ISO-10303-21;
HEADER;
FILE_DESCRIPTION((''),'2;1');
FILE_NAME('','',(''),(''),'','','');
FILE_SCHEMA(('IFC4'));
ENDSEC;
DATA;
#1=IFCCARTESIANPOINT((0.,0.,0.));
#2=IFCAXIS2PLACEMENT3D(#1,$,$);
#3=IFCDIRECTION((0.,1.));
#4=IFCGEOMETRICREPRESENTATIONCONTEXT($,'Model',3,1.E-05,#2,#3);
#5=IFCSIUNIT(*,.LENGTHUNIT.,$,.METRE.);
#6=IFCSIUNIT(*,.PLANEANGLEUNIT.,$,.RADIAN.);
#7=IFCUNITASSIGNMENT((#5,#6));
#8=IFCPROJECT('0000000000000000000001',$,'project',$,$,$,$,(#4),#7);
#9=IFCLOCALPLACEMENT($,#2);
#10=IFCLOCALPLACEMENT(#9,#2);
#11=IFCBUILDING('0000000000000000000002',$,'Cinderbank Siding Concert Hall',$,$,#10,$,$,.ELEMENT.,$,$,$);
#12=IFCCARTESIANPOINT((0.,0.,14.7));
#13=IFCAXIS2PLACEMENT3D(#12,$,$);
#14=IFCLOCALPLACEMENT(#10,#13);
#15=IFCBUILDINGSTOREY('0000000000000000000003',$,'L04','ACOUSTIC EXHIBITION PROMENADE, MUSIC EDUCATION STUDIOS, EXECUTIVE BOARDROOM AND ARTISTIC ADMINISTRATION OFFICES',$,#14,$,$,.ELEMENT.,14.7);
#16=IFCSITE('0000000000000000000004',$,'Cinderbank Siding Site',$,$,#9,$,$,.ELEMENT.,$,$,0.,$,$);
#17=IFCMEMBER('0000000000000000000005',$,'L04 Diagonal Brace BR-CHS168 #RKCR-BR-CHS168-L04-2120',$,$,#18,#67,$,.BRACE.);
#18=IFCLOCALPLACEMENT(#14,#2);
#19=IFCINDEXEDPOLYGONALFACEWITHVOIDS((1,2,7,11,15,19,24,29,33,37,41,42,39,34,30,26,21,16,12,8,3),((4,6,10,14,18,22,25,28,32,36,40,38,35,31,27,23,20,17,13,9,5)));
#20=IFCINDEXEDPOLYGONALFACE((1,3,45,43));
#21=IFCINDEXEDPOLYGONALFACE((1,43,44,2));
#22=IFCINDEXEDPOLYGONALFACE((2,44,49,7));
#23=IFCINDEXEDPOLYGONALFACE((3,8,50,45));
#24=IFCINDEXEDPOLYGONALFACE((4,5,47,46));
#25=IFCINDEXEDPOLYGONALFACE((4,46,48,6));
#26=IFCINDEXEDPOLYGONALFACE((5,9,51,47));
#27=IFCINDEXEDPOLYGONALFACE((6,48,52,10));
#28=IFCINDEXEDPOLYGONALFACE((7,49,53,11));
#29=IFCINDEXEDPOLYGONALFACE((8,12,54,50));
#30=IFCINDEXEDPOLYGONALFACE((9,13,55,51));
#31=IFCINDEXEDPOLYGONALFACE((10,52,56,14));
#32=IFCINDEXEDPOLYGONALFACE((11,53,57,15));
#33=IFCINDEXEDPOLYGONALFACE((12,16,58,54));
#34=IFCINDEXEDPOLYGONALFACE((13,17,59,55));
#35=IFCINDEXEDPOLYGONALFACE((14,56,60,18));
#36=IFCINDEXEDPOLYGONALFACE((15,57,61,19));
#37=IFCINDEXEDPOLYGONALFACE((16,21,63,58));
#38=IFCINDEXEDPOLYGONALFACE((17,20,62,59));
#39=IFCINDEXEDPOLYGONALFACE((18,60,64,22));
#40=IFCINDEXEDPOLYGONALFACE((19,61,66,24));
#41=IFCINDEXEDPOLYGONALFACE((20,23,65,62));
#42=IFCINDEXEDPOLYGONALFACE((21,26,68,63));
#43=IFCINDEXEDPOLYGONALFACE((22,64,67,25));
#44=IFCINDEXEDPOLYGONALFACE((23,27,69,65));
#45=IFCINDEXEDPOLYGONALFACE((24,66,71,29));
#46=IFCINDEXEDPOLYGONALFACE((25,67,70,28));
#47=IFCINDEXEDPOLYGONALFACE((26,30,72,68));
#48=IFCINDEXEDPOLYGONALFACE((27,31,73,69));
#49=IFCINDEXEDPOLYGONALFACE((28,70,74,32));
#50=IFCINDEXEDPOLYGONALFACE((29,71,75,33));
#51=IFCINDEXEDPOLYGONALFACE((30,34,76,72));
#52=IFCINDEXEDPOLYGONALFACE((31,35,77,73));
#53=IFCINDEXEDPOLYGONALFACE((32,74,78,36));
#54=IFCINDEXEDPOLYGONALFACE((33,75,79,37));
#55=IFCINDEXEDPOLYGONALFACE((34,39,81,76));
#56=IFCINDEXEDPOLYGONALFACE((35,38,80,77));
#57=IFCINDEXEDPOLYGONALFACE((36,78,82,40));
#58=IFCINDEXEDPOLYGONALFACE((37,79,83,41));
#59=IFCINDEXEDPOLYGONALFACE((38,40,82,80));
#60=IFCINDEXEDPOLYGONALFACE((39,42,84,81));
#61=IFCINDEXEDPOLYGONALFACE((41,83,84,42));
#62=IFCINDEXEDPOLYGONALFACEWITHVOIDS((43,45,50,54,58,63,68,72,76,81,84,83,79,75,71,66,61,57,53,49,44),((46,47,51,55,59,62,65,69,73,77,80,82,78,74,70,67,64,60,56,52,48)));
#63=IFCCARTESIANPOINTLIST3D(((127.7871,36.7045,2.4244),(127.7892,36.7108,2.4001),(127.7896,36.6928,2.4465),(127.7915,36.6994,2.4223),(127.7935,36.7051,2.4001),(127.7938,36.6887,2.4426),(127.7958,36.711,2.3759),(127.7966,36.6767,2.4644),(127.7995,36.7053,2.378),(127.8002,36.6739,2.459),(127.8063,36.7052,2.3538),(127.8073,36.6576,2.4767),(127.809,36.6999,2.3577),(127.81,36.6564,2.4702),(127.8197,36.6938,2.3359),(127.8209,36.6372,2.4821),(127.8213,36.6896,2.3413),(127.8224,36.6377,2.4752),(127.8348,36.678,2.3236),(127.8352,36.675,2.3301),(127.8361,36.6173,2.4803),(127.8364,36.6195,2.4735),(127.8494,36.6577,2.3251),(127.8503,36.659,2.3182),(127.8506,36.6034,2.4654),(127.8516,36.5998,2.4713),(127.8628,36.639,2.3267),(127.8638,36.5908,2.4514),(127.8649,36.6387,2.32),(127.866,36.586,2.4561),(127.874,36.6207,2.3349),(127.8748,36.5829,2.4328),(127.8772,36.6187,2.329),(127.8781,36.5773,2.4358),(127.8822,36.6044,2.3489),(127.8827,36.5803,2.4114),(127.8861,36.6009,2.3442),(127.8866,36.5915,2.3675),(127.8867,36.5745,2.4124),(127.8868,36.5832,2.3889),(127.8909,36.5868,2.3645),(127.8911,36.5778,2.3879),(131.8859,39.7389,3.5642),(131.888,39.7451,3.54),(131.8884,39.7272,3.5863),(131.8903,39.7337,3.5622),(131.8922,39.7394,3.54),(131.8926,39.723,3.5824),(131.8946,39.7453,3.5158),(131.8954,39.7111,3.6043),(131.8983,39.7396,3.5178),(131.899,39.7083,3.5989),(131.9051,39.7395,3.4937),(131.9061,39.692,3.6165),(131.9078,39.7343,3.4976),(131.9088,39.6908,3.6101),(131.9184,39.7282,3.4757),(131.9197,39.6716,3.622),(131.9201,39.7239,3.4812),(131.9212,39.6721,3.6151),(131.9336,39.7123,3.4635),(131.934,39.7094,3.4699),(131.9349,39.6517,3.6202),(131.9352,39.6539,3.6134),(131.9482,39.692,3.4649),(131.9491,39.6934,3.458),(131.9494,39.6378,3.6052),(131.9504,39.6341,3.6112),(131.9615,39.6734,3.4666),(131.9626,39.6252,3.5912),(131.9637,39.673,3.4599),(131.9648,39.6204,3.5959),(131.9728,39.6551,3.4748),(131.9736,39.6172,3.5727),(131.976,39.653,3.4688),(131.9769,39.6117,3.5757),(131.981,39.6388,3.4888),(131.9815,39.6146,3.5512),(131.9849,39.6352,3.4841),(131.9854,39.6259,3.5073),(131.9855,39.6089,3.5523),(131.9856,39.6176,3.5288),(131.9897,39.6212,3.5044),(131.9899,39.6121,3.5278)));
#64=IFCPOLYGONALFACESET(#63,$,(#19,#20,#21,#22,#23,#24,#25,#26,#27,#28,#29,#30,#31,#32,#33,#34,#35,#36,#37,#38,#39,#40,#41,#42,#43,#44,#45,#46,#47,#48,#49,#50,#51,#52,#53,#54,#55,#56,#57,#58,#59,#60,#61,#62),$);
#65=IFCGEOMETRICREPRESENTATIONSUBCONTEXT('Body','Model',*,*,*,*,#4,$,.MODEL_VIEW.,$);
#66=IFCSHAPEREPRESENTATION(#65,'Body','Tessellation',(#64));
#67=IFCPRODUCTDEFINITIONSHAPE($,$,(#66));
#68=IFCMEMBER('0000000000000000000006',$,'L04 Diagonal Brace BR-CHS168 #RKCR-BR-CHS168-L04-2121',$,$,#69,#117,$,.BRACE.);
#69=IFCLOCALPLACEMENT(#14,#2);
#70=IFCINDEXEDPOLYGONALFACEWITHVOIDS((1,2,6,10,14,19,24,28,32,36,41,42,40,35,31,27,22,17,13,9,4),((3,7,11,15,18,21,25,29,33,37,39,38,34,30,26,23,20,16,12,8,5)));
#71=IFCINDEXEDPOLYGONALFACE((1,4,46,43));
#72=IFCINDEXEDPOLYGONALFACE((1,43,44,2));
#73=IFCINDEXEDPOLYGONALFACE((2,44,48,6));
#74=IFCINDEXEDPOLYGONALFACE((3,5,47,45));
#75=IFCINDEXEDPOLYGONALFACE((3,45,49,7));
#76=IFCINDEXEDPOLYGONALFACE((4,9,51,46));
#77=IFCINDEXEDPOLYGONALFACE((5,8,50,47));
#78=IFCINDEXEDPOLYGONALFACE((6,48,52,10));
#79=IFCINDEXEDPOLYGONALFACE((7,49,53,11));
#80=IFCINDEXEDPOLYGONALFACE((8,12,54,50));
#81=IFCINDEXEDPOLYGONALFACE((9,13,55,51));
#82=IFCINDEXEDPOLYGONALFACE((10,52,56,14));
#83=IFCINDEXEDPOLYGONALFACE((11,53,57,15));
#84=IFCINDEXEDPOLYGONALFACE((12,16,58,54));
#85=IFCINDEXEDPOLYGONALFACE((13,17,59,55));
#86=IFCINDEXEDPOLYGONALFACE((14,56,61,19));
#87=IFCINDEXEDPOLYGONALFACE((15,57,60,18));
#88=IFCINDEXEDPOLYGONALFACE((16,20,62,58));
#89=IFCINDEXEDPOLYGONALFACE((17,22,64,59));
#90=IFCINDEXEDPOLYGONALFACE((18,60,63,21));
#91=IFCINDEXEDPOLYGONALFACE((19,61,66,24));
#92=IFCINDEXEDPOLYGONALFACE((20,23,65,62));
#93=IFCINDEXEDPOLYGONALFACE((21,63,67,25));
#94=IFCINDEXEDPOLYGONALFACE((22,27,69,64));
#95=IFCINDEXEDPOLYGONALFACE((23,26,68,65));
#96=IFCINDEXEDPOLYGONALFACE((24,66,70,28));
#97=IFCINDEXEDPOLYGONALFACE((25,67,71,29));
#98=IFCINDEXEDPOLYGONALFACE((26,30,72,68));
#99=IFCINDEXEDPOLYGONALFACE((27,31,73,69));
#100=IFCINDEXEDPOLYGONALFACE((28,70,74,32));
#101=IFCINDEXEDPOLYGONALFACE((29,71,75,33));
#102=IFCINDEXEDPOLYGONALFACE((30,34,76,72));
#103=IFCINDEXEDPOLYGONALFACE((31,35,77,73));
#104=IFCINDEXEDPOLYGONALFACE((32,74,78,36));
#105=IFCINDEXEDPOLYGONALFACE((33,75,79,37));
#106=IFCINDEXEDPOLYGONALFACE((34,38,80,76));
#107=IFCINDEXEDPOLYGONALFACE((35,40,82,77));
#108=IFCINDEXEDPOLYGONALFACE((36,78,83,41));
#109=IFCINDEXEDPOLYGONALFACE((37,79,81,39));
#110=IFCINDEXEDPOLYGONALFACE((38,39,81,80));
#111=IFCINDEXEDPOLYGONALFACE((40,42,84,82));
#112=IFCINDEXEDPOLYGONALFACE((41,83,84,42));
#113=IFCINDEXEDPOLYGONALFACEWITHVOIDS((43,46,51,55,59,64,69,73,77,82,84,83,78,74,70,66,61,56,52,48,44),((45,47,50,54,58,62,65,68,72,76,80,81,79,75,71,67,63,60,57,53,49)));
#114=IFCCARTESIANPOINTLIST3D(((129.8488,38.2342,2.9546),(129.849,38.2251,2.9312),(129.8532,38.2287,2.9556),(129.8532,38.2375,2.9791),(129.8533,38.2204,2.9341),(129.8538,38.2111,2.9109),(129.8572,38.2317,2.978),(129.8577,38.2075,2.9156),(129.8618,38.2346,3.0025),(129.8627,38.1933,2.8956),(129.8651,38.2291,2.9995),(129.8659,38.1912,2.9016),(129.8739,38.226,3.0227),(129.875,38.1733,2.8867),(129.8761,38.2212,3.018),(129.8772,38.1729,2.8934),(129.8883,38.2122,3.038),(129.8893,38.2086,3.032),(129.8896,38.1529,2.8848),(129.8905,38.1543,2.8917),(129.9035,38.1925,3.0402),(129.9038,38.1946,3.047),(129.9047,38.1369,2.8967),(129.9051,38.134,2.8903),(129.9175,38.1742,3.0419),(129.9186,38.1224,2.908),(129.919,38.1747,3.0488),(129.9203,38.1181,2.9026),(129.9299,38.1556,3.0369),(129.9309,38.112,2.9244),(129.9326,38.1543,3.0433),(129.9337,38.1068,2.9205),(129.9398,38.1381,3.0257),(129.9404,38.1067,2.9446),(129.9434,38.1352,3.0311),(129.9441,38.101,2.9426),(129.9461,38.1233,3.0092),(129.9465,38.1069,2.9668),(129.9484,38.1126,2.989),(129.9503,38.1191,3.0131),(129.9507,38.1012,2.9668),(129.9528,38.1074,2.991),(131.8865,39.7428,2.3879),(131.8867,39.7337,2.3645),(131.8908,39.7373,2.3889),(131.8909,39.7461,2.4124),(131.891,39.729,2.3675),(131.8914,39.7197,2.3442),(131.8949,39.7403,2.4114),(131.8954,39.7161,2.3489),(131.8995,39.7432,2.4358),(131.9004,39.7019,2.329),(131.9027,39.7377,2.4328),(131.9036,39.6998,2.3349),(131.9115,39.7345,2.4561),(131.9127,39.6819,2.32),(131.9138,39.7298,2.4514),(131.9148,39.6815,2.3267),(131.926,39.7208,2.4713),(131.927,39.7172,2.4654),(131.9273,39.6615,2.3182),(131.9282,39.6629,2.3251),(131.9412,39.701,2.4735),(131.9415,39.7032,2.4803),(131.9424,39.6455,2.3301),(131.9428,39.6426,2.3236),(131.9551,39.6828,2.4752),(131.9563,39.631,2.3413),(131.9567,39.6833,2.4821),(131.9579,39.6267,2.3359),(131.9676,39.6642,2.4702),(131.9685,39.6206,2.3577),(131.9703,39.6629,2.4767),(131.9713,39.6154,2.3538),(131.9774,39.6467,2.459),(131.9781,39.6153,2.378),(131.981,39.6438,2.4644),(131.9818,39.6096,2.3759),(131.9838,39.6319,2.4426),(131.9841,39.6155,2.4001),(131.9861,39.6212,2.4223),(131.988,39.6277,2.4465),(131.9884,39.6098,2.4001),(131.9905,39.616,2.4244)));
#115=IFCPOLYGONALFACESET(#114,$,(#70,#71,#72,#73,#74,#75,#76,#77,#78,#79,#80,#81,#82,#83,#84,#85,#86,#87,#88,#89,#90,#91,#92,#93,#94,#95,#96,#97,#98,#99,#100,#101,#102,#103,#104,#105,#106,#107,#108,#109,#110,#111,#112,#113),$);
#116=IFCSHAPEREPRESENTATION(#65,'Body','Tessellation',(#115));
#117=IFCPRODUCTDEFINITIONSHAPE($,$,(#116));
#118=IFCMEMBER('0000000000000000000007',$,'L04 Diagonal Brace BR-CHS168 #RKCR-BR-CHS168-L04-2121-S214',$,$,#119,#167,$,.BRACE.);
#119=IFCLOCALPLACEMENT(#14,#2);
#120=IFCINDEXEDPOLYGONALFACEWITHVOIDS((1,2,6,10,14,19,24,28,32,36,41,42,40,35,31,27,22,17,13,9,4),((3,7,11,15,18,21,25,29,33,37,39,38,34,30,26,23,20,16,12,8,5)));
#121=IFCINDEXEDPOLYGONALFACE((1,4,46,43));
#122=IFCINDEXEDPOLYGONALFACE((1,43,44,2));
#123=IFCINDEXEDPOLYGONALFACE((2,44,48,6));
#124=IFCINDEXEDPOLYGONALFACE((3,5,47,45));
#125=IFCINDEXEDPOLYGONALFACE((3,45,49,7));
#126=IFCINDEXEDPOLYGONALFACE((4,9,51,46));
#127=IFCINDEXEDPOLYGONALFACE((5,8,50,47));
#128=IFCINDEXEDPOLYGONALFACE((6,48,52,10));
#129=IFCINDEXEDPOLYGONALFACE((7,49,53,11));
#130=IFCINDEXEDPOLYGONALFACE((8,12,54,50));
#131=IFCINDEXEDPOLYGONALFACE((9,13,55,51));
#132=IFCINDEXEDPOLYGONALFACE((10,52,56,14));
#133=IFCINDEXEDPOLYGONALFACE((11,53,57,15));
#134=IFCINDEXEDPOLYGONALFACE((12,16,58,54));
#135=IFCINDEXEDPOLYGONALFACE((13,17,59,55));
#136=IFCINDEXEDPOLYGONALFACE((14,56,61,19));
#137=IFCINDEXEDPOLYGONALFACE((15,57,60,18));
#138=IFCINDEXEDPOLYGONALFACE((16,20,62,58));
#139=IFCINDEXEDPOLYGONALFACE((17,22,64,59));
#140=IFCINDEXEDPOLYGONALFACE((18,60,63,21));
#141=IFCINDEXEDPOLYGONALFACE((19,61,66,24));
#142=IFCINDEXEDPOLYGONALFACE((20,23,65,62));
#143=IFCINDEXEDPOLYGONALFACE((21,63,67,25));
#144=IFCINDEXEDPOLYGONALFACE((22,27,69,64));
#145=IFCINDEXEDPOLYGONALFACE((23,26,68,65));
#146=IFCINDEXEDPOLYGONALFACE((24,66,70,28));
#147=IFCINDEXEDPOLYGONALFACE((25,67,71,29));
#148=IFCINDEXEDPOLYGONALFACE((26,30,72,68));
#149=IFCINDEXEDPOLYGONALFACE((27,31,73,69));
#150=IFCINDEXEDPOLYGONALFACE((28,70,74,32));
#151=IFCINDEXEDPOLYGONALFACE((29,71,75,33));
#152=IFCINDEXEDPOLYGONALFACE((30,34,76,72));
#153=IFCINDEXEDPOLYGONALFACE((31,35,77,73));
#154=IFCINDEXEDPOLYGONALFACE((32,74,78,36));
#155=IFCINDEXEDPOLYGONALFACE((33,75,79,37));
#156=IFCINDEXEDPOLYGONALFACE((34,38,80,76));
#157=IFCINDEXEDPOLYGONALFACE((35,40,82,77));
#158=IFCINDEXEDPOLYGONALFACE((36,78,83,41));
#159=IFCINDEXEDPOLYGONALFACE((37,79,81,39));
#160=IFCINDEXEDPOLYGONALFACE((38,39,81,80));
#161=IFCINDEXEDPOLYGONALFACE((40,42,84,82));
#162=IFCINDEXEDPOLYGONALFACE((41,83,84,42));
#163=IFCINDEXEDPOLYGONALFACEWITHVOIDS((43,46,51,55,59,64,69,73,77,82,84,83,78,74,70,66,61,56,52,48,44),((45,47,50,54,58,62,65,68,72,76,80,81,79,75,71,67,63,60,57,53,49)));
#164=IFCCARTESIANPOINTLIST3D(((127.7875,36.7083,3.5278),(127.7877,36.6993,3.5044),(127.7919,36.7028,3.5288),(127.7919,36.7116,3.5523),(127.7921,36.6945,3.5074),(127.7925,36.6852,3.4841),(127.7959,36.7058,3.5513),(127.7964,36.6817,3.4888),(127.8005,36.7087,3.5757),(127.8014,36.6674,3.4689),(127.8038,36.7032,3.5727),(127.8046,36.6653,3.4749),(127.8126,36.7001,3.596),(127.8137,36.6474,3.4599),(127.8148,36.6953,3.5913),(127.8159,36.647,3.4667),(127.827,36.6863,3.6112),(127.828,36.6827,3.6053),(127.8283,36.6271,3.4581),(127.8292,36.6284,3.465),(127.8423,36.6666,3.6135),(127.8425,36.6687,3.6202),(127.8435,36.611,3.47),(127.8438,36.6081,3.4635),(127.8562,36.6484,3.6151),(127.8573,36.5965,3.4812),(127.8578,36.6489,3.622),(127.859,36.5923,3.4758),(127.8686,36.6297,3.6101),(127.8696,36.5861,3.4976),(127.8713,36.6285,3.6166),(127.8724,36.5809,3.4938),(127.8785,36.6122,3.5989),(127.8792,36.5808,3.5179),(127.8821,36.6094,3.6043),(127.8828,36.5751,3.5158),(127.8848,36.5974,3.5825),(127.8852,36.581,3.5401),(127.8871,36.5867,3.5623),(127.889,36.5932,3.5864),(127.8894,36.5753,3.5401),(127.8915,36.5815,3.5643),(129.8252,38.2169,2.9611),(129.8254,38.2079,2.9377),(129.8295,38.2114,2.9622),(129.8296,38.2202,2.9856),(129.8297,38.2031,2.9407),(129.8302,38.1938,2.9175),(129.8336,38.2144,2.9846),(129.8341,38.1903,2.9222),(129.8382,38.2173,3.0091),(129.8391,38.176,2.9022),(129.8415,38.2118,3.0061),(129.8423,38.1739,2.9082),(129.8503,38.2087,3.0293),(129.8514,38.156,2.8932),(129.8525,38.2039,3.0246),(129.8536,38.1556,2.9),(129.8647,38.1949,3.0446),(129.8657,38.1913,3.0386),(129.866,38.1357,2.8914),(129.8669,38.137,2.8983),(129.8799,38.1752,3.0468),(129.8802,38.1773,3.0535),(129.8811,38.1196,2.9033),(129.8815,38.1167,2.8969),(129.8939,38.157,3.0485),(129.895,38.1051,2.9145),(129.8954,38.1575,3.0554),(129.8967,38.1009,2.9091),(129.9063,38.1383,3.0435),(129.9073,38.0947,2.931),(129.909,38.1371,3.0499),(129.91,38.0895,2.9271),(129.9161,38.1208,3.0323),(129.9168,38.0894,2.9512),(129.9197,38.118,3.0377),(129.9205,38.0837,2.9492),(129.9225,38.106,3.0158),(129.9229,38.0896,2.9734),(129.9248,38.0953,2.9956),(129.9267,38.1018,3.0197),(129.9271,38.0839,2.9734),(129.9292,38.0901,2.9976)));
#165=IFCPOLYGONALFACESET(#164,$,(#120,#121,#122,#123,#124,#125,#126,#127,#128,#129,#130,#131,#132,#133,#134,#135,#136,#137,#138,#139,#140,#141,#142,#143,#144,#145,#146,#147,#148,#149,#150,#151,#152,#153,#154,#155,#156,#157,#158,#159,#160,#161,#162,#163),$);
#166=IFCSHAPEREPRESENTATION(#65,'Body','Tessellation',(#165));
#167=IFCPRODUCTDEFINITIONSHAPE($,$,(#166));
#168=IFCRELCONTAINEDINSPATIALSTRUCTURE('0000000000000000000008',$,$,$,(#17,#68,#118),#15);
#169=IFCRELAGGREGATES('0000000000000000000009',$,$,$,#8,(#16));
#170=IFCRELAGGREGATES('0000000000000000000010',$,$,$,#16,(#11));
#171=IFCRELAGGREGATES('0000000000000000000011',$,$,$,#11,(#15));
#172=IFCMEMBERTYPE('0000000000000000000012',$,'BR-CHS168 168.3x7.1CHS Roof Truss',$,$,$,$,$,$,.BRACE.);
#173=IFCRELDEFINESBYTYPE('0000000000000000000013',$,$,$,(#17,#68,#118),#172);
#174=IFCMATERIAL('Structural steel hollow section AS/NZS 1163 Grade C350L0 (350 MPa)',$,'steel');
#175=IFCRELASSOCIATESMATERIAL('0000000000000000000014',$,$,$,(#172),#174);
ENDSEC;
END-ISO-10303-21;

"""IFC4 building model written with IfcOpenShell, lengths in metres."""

from ifc_helpers import new_model, si_unit, direction, frame, origin, origin_2d, place, context, subcontext, project, spatial, hollow_circle, extrude, material, material_profile, profile_set, type_object, element, save


model = new_model("IFC4")

# Units and contexts
model_context = context("Model", 3, precision=1e-05, world=origin(), true_north=direction((0.0, 1.0)))
body_context = subcontext(model_context, "Body", "Model", "MODEL_VIEW")
ifc_project = project(units=[si_unit("LENGTHUNIT", "METRE"), si_unit("PLANEANGLEUNIT", "RADIAN")], contexts=[model_context])

# Site, building, storey
site_placement = place(None, origin())
site = spatial("IfcSite", under=ifc_project, at=site_placement, Name="Cinderbank Siding Site", CompositionType="ELEMENT", RefElevation=0.0)
building_placement = place(site_placement, origin())
building = spatial("IfcBuilding", under=site, at=building_placement, Name="Cinderbank Siding Concert Hall", CompositionType="ELEMENT")
storey_placement = place(building_placement, frame((0.0, 0.0, 14.7)))
storey = spatial("IfcBuildingStorey", under=building, at=storey_placement, Name="L04", Description="ACOUSTIC EXHIBITION PROMENADE, MUSIC EDUCATION STUDIOS, EXECUTIVE BOARDROOM AND ARTISTIC ADMINISTRATION OFFICES", CompositionType="ELEMENT", Elevation=14.7)

# Shared definitions
ifc_material_1 = material(Name="Structural steel hollow section AS/NZS 1163 Grade C350L0 (350 MPa)", Category="steel")

# Members
ifc_material_profile_1 = material_profile(ifc_material_1, hollow_circle(Radius=0.0842, WallThickness=0.0071, at=origin_2d()), Name="168.3x7.1CHS", Category="LoadBearing")
ifc_profile_set_1 = profile_set([ifc_material_profile_1], Name="Structural steel hollow section AS/NZS 1163 Grade C350L0 (350 MPa)")
member_type = type_object("IfcMemberType", Name="BR-CHS168 168.3x7.1CHS Roof Truss", PredefinedType="BRACE", material=ifc_profile_set_1)
member_1_placement = place(storey_placement, frame((127.8394, 36.6431, 2.4001), z_axis=(0.78437, 0.580674, 0.218132), x_axis=(-0.595002, 0.803724, 0.0)))
element("IfcMember", 1, at=member_1_placement, inside=storey, type_object=member_type, Name="L04 Diagonal Brace BR-CHS168 #RKCR-BR-CHS168-L04-2120", PredefinedType="BRACE", context=body_context, shape_type="SweptSolid", body=[
    extrude(hollow_circle(Radius=0.0842, WallThickness=0.0071, at=origin_2d()), origin(), (0.0, 0.0, 1.0), 5.2256),
])
for number, where, z_axis, x_axis, name in (
    (2, (131.9382, 39.6775, 2.4001), (-0.784353, -0.580699, 0.218126), (0.595027, -0.803706, 0.0), "L04 Diagonal Brace BR-CHS168 #RKCR-BR-CHS168-L04-2121"),
    (3, (129.877, 38.1516, 2.9734), (-0.784353, -0.580699, 0.218126), (0.595027, -0.803706, 0.0), "L04 Diagonal Brace BR-CHS168 #RKCR-BR-CHS168-L04-2121-S214"),
):
    element("IfcMember", number, at=place(storey_placement, frame(where, z_axis=z_axis, x_axis=x_axis)), inside=storey, type_object=member_type, Name=name, PredefinedType="BRACE", context=body_context, shape_type="SweptSolid", body=[
        extrude(hollow_circle(Radius=0.0842, WallThickness=0.0071, at=origin_2d()), origin(), (0.0, 0.0, 1.0), 2.5979),
    ])

save(model, "model.ifc")
